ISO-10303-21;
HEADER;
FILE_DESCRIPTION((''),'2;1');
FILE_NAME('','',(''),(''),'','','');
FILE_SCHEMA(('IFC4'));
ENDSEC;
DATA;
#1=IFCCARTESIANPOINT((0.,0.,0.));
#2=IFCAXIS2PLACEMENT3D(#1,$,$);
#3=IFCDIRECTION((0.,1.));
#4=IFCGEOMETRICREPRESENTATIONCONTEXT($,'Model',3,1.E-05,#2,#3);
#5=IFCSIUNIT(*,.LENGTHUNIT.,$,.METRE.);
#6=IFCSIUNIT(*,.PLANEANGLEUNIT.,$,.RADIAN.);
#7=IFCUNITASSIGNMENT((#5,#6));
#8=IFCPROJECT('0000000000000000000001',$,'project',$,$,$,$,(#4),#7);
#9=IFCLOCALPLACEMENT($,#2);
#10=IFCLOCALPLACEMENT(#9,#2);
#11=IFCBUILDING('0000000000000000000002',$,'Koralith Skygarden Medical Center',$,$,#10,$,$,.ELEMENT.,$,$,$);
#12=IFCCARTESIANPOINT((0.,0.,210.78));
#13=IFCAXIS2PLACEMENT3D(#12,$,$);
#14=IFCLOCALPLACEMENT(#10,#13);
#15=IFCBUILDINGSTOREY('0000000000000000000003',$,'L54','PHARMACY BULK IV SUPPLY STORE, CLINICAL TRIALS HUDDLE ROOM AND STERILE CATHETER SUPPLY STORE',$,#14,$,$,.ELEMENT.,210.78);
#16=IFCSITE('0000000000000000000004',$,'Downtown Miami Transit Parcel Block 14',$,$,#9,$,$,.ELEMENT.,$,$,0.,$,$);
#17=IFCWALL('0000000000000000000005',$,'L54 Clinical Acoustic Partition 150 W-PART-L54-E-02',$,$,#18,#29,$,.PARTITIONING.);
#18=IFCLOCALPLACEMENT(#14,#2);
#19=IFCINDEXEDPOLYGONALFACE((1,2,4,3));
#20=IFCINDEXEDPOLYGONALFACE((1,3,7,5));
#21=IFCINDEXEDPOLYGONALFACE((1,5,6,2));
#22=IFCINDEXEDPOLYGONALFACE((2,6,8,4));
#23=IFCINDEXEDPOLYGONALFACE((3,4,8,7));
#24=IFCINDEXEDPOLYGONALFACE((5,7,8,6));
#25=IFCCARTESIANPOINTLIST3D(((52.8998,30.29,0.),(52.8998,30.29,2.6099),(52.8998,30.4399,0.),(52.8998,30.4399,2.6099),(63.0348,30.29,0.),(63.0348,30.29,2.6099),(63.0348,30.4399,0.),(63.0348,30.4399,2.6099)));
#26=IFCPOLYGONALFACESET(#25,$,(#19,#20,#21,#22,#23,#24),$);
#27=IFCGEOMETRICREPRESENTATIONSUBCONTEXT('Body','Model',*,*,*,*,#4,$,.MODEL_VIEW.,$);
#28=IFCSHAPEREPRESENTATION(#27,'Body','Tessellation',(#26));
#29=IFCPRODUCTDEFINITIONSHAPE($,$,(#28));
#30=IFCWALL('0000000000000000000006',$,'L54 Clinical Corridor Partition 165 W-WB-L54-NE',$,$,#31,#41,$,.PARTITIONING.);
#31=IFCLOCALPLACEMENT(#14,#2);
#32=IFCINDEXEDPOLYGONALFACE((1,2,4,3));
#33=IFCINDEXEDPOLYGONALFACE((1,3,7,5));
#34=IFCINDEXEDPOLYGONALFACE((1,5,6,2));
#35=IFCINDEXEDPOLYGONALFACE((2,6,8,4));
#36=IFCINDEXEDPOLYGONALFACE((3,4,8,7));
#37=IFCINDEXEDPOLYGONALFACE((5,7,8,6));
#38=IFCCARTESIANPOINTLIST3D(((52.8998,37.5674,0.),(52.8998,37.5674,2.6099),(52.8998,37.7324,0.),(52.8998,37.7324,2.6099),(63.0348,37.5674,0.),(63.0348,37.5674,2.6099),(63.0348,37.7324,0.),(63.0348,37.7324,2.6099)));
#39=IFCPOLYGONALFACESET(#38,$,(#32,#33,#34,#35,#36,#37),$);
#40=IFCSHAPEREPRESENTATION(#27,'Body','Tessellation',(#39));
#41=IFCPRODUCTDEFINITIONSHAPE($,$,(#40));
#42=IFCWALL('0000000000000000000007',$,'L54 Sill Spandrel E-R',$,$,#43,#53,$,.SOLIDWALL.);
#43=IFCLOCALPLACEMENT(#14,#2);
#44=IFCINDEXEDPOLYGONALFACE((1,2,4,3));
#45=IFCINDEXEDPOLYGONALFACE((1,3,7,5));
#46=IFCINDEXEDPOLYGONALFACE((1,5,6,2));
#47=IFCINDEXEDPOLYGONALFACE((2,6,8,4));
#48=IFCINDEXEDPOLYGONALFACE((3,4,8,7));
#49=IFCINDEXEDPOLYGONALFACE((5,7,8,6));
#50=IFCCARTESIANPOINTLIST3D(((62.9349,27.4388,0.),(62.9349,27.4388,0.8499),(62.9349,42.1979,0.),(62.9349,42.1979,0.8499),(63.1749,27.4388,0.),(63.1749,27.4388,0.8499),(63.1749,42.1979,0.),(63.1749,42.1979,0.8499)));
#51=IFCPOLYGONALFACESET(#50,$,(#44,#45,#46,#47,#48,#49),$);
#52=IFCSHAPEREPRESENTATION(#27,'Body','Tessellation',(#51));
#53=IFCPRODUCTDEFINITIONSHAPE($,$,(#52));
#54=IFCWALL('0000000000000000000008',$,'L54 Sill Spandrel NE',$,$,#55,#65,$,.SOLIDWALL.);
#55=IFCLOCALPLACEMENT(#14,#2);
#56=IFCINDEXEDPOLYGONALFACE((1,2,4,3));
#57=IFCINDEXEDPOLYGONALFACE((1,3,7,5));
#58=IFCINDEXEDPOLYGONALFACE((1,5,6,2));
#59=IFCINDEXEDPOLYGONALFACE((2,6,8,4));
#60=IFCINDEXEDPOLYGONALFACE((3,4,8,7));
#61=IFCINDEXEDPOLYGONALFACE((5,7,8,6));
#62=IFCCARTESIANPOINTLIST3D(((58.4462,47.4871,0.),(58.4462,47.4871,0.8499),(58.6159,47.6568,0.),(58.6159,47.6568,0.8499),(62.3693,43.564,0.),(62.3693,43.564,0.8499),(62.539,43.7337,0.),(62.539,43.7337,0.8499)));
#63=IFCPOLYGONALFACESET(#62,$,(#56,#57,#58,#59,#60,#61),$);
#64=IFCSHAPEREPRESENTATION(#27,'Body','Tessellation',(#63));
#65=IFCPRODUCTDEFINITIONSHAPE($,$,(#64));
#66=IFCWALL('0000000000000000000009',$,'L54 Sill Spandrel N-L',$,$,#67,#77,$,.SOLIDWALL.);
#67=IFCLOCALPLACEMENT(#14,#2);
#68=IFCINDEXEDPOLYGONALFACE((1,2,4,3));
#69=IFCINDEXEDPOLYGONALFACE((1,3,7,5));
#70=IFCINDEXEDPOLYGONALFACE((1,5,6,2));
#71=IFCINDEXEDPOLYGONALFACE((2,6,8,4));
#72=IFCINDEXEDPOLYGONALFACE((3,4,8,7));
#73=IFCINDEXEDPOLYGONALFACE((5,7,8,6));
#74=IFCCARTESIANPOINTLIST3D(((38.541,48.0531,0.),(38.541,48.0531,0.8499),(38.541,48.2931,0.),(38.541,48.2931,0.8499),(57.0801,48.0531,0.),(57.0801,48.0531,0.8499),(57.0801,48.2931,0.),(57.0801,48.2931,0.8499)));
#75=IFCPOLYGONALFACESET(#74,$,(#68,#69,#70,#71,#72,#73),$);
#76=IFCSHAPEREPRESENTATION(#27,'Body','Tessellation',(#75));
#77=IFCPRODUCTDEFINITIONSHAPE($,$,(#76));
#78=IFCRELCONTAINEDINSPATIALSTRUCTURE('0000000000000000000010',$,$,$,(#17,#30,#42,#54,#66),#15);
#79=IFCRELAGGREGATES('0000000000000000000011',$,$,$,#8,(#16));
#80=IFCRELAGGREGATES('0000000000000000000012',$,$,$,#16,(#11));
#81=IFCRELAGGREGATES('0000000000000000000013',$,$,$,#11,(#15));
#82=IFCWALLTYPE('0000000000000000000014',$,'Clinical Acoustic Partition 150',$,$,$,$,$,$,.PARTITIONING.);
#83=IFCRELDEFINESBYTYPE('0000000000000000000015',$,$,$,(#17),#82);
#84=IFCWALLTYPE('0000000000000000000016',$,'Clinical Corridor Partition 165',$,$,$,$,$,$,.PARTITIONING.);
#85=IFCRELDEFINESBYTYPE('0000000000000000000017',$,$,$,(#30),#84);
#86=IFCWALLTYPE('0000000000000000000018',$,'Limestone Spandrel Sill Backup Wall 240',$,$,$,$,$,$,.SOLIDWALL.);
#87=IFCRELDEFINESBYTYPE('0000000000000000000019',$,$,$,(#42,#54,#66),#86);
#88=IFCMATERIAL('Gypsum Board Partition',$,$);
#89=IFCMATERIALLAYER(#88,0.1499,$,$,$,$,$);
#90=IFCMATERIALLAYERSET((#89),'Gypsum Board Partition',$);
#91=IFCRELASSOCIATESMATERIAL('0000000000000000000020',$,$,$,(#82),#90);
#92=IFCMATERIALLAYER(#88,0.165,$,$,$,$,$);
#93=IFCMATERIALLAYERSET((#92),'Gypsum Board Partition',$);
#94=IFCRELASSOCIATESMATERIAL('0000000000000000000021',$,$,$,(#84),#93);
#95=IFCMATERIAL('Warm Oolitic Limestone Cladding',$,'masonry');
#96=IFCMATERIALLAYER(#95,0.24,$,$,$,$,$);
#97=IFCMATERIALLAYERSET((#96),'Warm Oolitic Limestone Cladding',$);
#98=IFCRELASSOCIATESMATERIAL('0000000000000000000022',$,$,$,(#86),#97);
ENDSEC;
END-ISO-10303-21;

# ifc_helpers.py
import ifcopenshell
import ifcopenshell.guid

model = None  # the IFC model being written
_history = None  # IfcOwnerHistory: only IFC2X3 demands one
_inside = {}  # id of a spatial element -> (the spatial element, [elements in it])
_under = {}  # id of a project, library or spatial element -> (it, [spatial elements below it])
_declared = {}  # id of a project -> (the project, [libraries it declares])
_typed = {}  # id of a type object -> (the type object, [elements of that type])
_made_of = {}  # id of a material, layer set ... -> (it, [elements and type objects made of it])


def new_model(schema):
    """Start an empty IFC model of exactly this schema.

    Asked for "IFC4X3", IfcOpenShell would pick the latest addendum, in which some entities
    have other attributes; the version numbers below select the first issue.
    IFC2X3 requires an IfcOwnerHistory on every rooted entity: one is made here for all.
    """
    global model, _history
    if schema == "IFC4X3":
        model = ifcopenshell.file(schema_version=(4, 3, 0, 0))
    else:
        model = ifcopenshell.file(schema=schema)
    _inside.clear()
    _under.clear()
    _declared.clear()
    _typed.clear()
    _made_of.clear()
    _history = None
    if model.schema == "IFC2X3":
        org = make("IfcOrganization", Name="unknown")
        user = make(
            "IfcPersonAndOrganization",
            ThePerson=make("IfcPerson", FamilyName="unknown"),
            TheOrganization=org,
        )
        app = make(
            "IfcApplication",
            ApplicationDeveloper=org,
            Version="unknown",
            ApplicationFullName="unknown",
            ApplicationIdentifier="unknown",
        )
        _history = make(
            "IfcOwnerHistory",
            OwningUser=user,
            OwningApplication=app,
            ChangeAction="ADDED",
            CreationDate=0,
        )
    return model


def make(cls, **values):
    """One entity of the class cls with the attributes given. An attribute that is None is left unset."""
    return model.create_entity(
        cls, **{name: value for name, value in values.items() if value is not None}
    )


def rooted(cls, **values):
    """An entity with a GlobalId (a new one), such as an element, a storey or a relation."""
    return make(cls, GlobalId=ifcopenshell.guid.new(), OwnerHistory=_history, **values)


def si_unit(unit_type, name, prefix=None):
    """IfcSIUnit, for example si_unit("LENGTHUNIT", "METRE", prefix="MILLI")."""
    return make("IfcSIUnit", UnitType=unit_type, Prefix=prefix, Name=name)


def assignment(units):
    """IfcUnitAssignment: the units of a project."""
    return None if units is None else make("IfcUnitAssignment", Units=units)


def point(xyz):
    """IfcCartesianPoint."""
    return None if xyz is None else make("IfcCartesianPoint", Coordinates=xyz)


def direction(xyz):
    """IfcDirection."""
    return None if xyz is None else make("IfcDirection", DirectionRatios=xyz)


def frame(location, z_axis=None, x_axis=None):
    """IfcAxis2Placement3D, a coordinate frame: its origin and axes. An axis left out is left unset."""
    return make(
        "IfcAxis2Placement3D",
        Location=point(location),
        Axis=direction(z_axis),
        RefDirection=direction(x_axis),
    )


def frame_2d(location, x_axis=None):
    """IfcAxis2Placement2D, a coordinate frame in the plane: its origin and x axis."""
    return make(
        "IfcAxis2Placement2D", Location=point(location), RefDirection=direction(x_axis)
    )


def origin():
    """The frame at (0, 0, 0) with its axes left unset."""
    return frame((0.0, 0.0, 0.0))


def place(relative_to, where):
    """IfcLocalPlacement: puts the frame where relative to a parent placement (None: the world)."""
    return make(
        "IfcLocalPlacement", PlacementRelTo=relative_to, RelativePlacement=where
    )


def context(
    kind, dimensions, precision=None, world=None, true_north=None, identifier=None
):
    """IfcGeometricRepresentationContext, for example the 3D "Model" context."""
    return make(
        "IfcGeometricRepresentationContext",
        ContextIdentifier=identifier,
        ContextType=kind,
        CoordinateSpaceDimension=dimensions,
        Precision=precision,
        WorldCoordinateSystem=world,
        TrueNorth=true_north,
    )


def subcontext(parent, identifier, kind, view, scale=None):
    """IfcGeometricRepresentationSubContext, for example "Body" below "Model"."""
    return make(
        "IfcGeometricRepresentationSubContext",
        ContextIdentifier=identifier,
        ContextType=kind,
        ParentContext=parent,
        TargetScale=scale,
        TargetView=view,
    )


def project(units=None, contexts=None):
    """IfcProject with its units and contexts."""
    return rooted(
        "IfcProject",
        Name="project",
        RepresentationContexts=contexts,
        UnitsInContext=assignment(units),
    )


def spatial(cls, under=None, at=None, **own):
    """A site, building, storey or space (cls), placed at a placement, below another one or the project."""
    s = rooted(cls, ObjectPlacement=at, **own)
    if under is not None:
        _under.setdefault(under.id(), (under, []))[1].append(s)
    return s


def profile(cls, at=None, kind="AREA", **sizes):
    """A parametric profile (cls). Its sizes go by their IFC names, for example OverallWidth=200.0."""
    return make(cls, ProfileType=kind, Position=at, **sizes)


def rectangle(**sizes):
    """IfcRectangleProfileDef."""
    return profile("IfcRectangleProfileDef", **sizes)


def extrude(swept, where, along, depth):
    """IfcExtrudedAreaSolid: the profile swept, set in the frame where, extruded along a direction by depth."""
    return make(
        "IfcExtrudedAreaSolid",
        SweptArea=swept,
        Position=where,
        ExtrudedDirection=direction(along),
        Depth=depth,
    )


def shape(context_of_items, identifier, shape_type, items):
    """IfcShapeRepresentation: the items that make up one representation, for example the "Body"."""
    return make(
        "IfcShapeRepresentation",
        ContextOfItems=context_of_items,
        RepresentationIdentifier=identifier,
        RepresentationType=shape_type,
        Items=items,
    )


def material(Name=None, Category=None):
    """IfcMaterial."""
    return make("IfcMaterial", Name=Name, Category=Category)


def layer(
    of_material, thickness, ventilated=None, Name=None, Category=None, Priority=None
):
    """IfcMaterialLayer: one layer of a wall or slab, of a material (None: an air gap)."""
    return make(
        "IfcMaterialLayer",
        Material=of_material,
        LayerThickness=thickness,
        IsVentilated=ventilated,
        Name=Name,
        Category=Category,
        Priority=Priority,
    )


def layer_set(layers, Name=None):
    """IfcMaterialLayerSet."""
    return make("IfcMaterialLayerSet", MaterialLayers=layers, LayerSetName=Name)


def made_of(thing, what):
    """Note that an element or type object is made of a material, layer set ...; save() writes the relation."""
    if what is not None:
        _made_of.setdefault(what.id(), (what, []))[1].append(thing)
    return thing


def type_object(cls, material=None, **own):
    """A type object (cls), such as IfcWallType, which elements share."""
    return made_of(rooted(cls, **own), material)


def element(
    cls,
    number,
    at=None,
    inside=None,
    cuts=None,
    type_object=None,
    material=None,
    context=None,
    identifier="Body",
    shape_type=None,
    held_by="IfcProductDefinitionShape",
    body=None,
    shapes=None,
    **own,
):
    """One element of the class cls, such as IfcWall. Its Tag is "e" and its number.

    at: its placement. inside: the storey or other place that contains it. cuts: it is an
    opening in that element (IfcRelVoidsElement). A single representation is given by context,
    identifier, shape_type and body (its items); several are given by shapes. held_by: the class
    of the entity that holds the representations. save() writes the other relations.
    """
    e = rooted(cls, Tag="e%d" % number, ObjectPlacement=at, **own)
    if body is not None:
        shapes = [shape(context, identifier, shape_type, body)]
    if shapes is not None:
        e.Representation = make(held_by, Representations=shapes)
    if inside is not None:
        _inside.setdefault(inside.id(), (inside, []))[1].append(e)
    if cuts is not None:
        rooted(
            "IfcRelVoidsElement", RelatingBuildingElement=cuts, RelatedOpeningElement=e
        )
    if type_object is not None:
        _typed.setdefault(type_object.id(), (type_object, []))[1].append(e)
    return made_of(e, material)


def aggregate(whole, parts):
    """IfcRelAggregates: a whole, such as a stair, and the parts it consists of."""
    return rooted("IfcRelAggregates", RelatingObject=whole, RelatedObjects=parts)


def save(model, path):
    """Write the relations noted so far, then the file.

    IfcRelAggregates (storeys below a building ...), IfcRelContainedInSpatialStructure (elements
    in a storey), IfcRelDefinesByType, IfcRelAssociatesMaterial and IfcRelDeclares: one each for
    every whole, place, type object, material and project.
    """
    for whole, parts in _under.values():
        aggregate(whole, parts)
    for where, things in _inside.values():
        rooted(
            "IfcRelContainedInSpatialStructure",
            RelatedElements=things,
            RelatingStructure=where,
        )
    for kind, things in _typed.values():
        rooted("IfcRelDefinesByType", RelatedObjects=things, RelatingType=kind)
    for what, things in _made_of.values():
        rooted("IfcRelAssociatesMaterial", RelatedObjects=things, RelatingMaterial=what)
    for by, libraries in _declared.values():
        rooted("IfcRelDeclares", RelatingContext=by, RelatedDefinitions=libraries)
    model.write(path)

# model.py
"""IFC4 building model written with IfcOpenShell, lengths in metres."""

from ifc_helpers import new_model, si_unit, direction, frame, frame_2d, origin, place, context, subcontext, project, spatial, rectangle, extrude, material, layer, layer_set, type_object, element, save


model = new_model("IFC4")

# Units and contexts
model_context = context("Model", 3, precision=1e-05, world=origin(), true_north=direction((0.0, 1.0)))
body_context = subcontext(model_context, "Body", "Model", "MODEL_VIEW")
ifc_project = project(units=[si_unit("LENGTHUNIT", "METRE"), si_unit("PLANEANGLEUNIT", "RADIAN")], contexts=[model_context])

# Site, building, storey
site_placement = place(None, origin())
site = spatial("IfcSite", under=ifc_project, at=site_placement, Name="Downtown Miami Transit Parcel Block 14", CompositionType="ELEMENT", RefElevation=0.0)
building_placement = place(site_placement, origin())
building = spatial("IfcBuilding", under=site, at=building_placement, Name="Koralith Skygarden Medical Center", CompositionType="ELEMENT")
storey_placement = place(building_placement, frame((0.0, 0.0, 210.78)))
storey = spatial("IfcBuildingStorey", under=building, at=storey_placement, Name="L54", Description="PHARMACY BULK IV SUPPLY STORE, CLINICAL TRIALS HUDDLE ROOM AND STERILE CATHETER SUPPLY STORE", CompositionType="ELEMENT", Elevation=210.78)

# Shared definitions
ifc_material_1 = material(Name="Warm Oolitic Limestone Cladding", Category="masonry")

# Walls
ifc_material_2 = material(Name="Gypsum Board Partition")
ifc_layer_1 = layer(ifc_material_2, 0.1499)
ifc_layer_set_1 = layer_set([ifc_layer_1], Name="Gypsum Board Partition")
wall_type_1 = type_object("IfcWallType", Name="Clinical Acoustic Partition 150", PredefinedType="PARTITIONING", material=ifc_layer_set_1)
wall_1_placement = place(storey_placement, frame((52.8999, 30.365, 0.0), z_axis=(0.0, 0.0, 1.0), x_axis=(1.0, 0.0, 0.0)))
element("IfcWall", 1, at=wall_1_placement, inside=storey, type_object=wall_type_1, Name="L54 Clinical Acoustic Partition 150 W-PART-L54-E-02", PredefinedType="PARTITIONING", context=body_context, shape_type="SweptSolid", body=[
    extrude(rectangle(XDim=10.135, YDim=0.1499, at=frame_2d((5.0674, 0.0))), origin(), (0.0, 0.0, 1.0), 2.6099),
])
ifc_layer_2 = layer(ifc_material_2, 0.165)
ifc_layer_set_2 = layer_set([ifc_layer_2], Name="Gypsum Board Partition")
wall_type_2 = type_object("IfcWallType", Name="Clinical Corridor Partition 165", PredefinedType="PARTITIONING", material=ifc_layer_set_2)
wall_2_placement = place(storey_placement, frame((52.8999, 37.6499, 0.0), z_axis=(0.0, 0.0, 1.0), x_axis=(1.0, 0.0, 0.0)))
element("IfcWall", 2, at=wall_2_placement, inside=storey, type_object=wall_type_2, Name="L54 Clinical Corridor Partition 165 W-WB-L54-NE", PredefinedType="PARTITIONING", context=body_context, shape_type="SweptSolid", body=[
    extrude(rectangle(XDim=10.135, YDim=0.165, at=frame_2d((5.0674, 0.0))), origin(), (0.0, 0.0, 1.0), 2.6099),
])

# Walls
ifc_layer_3 = layer(ifc_material_1, 0.24)
ifc_layer_set_3 = layer_set([ifc_layer_3], Name="Warm Oolitic Limestone Cladding")
wall_type_3 = type_object("IfcWallType", Name="Limestone Spandrel Sill Backup Wall 240", PredefinedType="SOLIDWALL", material=ifc_layer_set_3)
wall_3_placement = place(storey_placement, frame((63.0549, 27.439, 0.0), z_axis=(0.0, 0.0, 1.0), x_axis=(0.0, 1.0, 0.0)))
element("IfcWall", 3, at=wall_3_placement, inside=storey, type_object=wall_type_3, Name="L54 Sill Spandrel E-R", PredefinedType="SOLIDWALL", context=body_context, shape_type="SweptSolid", body=[
    extrude(rectangle(XDim=14.759, YDim=0.24, at=frame_2d((7.3794, 0.0))), origin(), (0.0, 0.0, 1.0), 0.8499),
])
wall_4_placement = place(storey_placement, frame((62.4541, 43.6489, 0.0), z_axis=(0.0, 0.0, 1.0), x_axis=(-0.707107, 0.707107, 0.0)))
element("IfcWall", 4, at=wall_4_placement, inside=storey, type_object=wall_type_3, Name="L54 Sill Spandrel NE", PredefinedType="SOLIDWALL", context=body_context, shape_type="SweptSolid", body=[
    extrude(rectangle(XDim=5.5481, YDim=0.24, at=frame_2d((2.7739, 0.0))), origin(), (0.0, 0.0, 1.0), 0.8499),
])
wall_5_placement = place(storey_placement, frame((57.0801, 48.1731, 0.0), z_axis=(0.0, 0.0, 1.0), x_axis=(-1.0, 0.0, 0.0)))
element("IfcWall", 5, at=wall_5_placement, inside=storey, type_object=wall_type_3, Name="L54 Sill Spandrel N-L", PredefinedType="SOLIDWALL", context=body_context, shape_type="SweptSolid", body=[
    extrude(rectangle(XDim=18.5391, YDim=0.24, at=frame_2d((9.2695, 0.0))), origin(), (0.0, 0.0, 1.0), 0.8499),
])

save(model, "model.ifc")
